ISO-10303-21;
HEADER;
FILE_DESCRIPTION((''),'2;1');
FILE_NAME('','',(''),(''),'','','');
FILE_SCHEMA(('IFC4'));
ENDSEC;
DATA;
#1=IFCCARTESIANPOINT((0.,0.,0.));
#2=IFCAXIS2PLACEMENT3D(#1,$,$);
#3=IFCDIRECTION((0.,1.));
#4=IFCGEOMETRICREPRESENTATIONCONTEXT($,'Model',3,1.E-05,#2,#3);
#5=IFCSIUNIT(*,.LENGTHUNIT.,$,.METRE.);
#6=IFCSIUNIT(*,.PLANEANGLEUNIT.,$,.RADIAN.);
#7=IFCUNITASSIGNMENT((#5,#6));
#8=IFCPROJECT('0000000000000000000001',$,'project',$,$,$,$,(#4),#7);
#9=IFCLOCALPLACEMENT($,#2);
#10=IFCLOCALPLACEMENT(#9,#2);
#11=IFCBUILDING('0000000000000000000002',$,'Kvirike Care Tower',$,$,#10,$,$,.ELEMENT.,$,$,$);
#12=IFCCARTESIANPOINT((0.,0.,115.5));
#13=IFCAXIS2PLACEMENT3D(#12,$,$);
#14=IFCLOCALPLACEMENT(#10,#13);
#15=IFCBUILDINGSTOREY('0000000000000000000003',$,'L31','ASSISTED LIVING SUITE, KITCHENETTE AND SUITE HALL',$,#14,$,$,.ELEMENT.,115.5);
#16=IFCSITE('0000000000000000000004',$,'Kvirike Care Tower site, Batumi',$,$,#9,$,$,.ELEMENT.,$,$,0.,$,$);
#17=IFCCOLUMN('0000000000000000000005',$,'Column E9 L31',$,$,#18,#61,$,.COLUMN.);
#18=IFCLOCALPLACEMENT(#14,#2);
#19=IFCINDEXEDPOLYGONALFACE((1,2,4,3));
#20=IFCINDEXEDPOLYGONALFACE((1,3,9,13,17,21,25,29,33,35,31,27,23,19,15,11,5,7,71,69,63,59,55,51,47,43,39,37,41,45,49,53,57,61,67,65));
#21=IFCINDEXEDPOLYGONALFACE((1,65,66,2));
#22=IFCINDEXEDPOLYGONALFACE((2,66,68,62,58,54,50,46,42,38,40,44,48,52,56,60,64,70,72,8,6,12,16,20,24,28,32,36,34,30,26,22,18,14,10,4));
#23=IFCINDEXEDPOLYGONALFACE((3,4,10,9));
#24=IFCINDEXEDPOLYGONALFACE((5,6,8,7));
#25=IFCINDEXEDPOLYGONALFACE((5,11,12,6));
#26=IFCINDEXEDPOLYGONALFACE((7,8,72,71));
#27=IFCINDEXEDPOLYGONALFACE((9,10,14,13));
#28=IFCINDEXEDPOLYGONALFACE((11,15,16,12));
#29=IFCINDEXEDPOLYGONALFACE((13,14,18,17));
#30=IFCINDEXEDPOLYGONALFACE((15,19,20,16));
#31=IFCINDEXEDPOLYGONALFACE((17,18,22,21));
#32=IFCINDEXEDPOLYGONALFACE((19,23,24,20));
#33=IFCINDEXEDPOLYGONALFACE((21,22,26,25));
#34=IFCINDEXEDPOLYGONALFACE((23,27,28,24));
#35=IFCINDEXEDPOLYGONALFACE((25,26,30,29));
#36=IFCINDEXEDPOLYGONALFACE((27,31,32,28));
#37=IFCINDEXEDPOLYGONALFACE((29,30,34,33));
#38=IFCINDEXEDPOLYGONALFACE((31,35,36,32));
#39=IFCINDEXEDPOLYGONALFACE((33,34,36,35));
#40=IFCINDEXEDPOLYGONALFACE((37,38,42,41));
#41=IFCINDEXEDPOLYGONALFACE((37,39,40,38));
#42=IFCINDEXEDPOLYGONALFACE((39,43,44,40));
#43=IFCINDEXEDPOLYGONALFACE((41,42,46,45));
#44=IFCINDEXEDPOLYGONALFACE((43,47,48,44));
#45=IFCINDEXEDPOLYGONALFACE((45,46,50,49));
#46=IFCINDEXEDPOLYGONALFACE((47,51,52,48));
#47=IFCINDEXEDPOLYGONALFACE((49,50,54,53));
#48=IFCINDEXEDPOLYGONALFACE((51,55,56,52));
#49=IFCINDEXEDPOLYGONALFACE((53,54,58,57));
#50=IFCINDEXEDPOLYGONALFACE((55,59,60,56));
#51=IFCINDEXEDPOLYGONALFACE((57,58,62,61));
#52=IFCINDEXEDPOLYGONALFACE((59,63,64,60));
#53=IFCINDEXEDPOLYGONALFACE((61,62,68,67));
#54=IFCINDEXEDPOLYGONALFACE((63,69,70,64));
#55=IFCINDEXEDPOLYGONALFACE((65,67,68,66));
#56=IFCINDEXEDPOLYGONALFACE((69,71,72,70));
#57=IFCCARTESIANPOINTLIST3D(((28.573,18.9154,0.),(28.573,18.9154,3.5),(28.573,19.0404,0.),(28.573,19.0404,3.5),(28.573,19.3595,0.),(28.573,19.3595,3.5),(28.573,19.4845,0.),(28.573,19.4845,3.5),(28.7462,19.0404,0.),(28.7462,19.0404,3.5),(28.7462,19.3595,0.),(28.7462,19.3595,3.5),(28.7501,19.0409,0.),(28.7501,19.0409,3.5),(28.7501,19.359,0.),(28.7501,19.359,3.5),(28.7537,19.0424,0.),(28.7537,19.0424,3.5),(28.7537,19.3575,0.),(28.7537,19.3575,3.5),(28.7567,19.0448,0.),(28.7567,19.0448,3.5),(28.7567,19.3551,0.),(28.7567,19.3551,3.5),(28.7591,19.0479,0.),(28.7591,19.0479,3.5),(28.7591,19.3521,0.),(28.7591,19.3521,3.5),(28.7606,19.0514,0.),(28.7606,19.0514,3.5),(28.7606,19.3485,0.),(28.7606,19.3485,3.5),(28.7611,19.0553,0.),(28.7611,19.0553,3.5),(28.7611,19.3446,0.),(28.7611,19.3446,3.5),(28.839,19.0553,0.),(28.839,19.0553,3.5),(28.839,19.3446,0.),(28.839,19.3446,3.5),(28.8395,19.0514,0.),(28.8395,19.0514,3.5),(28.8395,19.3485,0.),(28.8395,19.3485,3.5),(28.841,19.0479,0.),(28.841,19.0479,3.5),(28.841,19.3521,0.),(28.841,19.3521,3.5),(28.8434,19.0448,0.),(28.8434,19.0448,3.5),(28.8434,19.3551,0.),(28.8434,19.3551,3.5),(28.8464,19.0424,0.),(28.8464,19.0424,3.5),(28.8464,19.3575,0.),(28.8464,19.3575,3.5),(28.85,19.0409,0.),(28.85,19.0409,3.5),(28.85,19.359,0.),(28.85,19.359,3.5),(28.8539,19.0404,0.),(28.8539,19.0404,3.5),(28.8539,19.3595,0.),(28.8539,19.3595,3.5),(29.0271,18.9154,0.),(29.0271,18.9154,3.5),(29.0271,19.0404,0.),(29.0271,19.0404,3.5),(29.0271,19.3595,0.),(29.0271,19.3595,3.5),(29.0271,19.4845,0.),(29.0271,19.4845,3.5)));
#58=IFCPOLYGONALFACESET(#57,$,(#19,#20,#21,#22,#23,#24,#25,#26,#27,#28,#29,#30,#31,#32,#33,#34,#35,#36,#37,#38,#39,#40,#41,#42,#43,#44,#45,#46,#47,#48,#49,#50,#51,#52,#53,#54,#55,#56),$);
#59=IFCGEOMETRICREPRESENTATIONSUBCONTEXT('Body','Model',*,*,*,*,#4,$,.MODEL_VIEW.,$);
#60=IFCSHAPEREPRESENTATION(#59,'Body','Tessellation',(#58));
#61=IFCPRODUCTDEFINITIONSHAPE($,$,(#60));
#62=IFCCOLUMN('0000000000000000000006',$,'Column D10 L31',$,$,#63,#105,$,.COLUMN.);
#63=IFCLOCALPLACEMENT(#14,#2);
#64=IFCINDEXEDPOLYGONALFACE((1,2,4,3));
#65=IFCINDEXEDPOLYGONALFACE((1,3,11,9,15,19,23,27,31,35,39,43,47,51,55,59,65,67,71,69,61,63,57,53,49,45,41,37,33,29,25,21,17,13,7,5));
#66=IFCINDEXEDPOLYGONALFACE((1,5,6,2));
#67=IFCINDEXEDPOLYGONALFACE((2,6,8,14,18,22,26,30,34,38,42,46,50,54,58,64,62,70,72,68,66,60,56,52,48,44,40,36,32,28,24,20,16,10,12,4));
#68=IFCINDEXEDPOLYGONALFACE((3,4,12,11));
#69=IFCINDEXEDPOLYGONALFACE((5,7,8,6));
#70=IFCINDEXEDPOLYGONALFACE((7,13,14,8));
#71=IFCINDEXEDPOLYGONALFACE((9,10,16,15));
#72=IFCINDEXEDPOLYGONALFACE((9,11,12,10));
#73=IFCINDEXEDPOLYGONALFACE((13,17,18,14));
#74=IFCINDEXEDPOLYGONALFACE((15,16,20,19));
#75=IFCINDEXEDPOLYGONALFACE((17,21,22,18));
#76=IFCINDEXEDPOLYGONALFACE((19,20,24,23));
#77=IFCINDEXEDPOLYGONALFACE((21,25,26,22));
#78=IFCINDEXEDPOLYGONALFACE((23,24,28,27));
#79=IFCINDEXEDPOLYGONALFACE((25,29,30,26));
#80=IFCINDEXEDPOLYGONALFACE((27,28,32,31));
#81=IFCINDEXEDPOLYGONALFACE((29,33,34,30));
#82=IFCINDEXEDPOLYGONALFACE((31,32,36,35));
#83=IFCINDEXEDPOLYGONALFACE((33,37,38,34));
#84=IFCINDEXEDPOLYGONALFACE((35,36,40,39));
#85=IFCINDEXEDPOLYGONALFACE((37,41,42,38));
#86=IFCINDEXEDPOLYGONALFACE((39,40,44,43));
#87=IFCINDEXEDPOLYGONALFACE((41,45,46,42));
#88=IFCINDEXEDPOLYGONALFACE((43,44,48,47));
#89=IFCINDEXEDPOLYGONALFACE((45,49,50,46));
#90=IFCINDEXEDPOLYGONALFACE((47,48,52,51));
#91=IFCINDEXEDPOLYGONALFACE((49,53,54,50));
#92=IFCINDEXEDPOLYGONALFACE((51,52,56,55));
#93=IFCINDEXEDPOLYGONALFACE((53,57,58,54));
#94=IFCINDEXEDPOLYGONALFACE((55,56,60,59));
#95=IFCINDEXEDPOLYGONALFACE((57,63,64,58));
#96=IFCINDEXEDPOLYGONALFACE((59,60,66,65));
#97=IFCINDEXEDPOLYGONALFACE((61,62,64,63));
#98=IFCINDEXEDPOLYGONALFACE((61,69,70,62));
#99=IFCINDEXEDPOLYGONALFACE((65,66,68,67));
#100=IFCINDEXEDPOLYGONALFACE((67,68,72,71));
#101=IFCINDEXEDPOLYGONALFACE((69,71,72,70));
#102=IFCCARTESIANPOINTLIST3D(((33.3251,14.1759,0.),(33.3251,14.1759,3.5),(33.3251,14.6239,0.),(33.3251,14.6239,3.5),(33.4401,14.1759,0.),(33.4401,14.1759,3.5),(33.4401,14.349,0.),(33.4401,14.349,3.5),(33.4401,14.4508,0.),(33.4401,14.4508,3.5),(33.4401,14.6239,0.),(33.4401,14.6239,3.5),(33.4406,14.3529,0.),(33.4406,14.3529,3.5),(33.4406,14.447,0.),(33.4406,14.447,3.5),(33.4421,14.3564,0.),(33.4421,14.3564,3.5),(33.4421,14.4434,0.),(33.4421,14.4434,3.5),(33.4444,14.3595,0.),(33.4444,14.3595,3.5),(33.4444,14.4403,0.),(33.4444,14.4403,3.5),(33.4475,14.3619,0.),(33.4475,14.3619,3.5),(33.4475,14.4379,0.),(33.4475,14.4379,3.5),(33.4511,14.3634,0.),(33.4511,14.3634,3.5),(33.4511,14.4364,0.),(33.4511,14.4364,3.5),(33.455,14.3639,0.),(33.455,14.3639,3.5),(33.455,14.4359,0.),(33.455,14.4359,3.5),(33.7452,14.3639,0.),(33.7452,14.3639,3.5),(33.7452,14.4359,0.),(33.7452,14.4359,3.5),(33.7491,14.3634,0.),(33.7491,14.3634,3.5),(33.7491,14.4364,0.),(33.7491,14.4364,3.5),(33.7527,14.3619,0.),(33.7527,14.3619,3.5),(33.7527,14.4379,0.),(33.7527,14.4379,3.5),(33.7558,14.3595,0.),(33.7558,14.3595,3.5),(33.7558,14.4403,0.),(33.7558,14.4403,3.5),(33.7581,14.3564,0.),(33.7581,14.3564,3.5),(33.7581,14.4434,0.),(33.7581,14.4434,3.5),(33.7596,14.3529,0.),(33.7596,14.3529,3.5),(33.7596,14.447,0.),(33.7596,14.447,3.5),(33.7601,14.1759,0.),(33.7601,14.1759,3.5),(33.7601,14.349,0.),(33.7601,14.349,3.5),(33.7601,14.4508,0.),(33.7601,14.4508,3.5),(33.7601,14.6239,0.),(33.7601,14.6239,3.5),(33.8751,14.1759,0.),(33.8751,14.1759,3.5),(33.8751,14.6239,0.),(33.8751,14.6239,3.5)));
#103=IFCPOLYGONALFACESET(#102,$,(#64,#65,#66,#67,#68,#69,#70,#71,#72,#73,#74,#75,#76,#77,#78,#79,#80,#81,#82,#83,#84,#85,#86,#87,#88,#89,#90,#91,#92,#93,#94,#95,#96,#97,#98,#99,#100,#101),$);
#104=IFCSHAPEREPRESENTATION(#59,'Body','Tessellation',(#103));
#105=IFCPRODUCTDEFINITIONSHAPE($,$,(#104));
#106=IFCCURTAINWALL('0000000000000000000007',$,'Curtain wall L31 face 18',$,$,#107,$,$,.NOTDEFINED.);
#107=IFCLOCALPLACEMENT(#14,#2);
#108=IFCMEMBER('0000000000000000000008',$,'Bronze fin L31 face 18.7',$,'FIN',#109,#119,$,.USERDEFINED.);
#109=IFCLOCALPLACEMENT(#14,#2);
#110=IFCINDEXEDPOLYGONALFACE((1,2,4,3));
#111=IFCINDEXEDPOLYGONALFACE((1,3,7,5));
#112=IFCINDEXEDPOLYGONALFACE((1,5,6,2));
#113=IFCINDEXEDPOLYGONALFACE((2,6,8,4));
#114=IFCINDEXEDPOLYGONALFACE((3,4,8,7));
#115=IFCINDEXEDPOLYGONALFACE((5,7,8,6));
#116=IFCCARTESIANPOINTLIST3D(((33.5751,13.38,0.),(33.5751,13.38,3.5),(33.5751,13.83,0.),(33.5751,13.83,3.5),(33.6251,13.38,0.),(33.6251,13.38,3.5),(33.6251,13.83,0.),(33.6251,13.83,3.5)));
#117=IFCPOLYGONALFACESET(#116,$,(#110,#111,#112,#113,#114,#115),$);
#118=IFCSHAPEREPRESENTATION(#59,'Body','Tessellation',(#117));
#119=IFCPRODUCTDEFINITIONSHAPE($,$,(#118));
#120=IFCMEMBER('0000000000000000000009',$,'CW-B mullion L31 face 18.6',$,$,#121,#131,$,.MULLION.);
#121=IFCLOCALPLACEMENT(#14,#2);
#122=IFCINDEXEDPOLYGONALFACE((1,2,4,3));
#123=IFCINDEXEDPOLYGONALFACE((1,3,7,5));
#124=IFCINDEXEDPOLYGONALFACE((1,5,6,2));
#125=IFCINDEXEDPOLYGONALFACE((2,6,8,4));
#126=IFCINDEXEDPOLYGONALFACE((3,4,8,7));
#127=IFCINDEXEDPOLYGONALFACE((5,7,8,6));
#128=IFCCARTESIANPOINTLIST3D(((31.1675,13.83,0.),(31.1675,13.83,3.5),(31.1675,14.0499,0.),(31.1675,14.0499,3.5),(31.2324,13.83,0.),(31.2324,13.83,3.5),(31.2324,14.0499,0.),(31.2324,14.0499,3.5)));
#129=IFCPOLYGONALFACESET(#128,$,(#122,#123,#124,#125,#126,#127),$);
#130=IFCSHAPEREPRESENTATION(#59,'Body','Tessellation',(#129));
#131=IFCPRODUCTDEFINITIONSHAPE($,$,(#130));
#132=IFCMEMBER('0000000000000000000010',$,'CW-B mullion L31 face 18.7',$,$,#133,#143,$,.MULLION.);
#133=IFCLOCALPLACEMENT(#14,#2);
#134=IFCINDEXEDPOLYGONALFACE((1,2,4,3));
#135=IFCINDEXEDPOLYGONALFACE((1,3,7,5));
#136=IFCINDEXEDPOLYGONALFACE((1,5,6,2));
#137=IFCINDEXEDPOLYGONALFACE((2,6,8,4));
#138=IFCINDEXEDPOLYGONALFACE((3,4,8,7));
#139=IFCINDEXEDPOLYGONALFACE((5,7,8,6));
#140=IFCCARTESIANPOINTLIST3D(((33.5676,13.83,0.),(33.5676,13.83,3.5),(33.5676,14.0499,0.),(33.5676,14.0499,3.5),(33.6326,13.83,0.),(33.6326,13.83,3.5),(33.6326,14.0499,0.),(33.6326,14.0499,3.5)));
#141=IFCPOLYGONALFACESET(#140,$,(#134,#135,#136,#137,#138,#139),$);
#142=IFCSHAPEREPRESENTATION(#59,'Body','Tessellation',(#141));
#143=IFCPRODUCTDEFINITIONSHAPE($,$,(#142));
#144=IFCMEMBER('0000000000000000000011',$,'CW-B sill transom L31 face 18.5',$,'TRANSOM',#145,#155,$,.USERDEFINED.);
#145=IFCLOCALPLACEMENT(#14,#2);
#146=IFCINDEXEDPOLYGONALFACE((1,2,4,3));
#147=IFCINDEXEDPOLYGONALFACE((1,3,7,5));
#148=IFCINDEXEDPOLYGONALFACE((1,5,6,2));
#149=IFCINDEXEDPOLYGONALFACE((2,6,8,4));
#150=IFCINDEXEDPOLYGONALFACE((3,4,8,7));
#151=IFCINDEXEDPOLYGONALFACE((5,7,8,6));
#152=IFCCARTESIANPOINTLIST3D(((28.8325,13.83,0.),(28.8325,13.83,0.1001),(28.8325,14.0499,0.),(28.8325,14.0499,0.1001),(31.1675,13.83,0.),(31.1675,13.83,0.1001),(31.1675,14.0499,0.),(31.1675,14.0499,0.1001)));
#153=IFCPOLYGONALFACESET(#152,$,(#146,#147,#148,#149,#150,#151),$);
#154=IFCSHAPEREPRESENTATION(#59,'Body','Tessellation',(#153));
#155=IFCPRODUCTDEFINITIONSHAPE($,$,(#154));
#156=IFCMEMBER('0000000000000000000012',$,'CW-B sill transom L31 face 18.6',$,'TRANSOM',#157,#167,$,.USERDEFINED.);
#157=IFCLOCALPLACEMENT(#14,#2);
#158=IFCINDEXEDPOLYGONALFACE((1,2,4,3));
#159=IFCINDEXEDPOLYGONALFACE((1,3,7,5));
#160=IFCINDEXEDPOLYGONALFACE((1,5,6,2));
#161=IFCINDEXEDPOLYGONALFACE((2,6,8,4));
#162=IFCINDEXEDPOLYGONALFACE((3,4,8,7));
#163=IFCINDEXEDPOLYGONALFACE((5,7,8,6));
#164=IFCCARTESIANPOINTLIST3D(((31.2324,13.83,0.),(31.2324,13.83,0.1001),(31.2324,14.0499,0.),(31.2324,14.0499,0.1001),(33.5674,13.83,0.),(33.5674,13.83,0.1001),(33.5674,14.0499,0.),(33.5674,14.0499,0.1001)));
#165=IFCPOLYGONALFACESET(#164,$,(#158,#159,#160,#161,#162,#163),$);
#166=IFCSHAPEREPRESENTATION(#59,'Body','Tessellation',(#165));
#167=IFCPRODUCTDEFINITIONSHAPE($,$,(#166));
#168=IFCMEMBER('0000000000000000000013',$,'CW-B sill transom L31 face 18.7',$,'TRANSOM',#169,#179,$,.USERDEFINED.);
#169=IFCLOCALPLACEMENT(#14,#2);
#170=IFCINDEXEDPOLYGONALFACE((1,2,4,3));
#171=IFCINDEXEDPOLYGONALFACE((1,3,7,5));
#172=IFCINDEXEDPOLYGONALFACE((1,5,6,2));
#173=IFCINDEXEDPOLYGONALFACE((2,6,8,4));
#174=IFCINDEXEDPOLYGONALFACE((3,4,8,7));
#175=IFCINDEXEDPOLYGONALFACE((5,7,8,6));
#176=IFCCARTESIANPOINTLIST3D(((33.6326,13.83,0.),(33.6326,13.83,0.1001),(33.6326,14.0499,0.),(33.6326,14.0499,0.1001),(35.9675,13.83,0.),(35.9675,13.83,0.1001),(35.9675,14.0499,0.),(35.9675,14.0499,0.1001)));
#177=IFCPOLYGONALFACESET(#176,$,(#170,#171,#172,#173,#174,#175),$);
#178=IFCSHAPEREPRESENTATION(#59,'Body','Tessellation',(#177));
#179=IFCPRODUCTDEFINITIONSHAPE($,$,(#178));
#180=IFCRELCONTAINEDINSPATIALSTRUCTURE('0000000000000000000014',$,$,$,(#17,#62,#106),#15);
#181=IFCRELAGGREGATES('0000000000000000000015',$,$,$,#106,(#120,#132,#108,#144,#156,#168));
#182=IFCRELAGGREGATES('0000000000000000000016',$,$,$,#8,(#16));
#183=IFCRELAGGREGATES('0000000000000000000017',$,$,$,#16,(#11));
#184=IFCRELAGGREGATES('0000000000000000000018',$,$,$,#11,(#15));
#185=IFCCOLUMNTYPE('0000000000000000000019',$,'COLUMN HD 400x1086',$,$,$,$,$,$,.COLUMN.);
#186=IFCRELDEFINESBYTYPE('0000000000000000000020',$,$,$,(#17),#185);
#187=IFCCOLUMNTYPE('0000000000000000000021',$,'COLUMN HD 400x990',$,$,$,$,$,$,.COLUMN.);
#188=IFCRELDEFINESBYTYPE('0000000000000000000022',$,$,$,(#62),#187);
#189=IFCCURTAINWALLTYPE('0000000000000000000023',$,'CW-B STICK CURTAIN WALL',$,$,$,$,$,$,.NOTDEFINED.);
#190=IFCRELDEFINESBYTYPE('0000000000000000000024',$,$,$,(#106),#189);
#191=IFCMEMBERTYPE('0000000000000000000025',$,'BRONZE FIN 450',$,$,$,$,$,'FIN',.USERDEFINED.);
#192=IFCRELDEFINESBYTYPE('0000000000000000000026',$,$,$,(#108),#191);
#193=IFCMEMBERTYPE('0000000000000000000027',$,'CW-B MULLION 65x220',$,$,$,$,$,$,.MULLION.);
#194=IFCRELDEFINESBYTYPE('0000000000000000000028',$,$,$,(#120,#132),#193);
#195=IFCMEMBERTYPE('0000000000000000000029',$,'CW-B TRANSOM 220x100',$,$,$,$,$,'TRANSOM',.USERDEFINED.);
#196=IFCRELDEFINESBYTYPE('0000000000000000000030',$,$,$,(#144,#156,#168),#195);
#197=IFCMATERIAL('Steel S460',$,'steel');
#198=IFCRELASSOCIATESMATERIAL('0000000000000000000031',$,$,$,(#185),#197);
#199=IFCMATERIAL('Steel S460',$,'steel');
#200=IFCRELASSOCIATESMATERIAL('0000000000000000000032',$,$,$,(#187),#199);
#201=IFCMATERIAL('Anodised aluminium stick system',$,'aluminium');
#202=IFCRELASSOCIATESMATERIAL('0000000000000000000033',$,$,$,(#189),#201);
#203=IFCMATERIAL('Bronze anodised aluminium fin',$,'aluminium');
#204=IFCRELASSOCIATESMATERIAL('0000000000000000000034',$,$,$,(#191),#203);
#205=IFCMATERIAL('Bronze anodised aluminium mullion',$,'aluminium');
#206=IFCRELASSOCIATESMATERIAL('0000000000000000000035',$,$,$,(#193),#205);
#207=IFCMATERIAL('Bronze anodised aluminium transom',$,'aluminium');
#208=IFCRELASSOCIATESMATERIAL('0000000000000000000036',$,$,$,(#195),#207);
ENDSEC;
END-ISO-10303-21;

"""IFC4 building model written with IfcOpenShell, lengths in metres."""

from ifc_helpers import new_model, si_unit, direction, frame, origin, origin_2d, place, context, subcontext, project, spatial, rectangle, i_section, extrude, material, material_profile, profile_set, type_object, element, aggregate, save


model = new_model("IFC4")

# Units and contexts
model_context = context("Model", 3, precision=1e-05, world=origin(), true_north=direction((0.0, 1.0)))
body_context = subcontext(model_context, "Body", "Model", "MODEL_VIEW")
ifc_project = project(units=[si_unit("LENGTHUNIT", "METRE"), si_unit("PLANEANGLEUNIT", "RADIAN")], contexts=[model_context])

# Site, building, storey
site_placement = place(None, origin())
site = spatial("IfcSite", under=ifc_project, at=site_placement, Name="Kvirike Care Tower site, Batumi", CompositionType="ELEMENT", RefElevation=0.0)
building_placement = place(site_placement, origin())
building = spatial("IfcBuilding", under=site, at=building_placement, Name="Kvirike Care Tower", CompositionType="ELEMENT")
storey_placement = place(building_placement, frame((0.0, 0.0, 115.5)))
storey = spatial("IfcBuildingStorey", under=building, at=storey_placement, Name="L31", Description="ASSISTED LIVING SUITE, KITCHENETTE AND SUITE HALL", CompositionType="ELEMENT", Elevation=115.5)

# Columns
ifc_material_1 = material(Name="Steel S460", Category="steel")
ifc_material_profile_1 = material_profile(ifc_material_1, i_section(OverallWidth=0.4541, OverallDepth=0.5691, WebThickness=0.0779, FlangeThickness=0.125, FilletRadius=0.0149, at=origin_2d()), Name="HD 400x1086")
ifc_profile_set_1 = profile_set([ifc_material_profile_1], Name="Steel S460")
column_type_1 = type_object("IfcColumnType", Name="COLUMN HD 400x1086", PredefinedType="COLUMN", material=ifc_profile_set_1)
column_1_placement = place(storey_placement, frame((28.8, 19.2, 0.0), z_axis=(0.0, 0.0, 1.0), x_axis=(1.0, 0.0, 0.0)))
element("IfcColumn", 1, at=column_1_placement, inside=storey, type_object=column_type_1, Name="Column E9 L31", PredefinedType="COLUMN", context=body_context, shape_type="SweptSolid", body=[
    extrude(i_section(OverallWidth=0.4541, OverallDepth=0.5691, WebThickness=0.0779, FlangeThickness=0.125, FilletRadius=0.0149, at=origin_2d()), origin(), (0.0, 0.0, 1.0), 3.5),
])
ifc_material_2 = material(Name="Steel S460", Category="steel")
ifc_material_profile_2 = material_profile(ifc_material_2, i_section(OverallWidth=0.448, OverallDepth=0.55, WebThickness=0.072, FlangeThickness=0.115, FilletRadius=0.0149, at=origin_2d()), Name="HD 400x990")
ifc_profile_set_2 = profile_set([ifc_material_profile_2], Name="Steel S460")
column_type_2 = type_object("IfcColumnType", Name="COLUMN HD 400x990", PredefinedType="COLUMN", material=ifc_profile_set_2)
column_2_placement = place(storey_placement, frame((33.6001, 14.3999, 0.0), z_axis=(0.0, 0.0, 1.0), x_axis=(0.0, 1.0, 0.0)))
element("IfcColumn", 2, at=column_2_placement, inside=storey, type_object=column_type_2, Name="Column D10 L31", PredefinedType="COLUMN", context=body_context, shape_type="SweptSolid", body=[
    extrude(i_section(OverallWidth=0.448, OverallDepth=0.55, WebThickness=0.072, FlangeThickness=0.115, FilletRadius=0.0149, at=origin_2d()), origin(), (0.0, 0.0, 1.0), 3.5),
])

# Curtain wall, members
ifc_material_3 = material(Name="Anodised aluminium stick system", Category="aluminium")
curtain_wall_type = type_object("IfcCurtainWallType", Name="CW-B STICK CURTAIN WALL", PredefinedType="NOTDEFINED", material=ifc_material_3)
curtain_wall_placement = place(storey_placement, origin())
curtain_wall = element("IfcCurtainWall", 3, at=curtain_wall_placement, inside=storey, type_object=curtain_wall_type, Name="Curtain wall L31 face 18", PredefinedType="NOTDEFINED")
ifc_material_4 = material(Name="Bronze anodised aluminium fin", Category="aluminium")
ifc_material_profile_3 = material_profile(ifc_material_4, rectangle(XDim=0.05, YDim=0.45, at=origin_2d()), Name="BRONZE FIN 450")
ifc_profile_set_3 = profile_set([ifc_material_profile_3], Name="Bronze anodised aluminium fin")
member_type_1 = type_object("IfcMemberType", Name="BRONZE FIN 450", ElementType="FIN", PredefinedType="USERDEFINED", material=ifc_profile_set_3)
member_1_placement = place(storey_placement, frame((33.6001, 13.605, 0.0), z_axis=(0.0, 0.0, 1.0), x_axis=(1.0, 0.0, 0.0)))
member_1 = element("IfcMember", 4, at=member_1_placement, type_object=member_type_1, Name="Bronze fin L31 face 18.7", ObjectType="FIN", PredefinedType="USERDEFINED", context=body_context, shape_type="SweptSolid", body=[
    extrude(rectangle(XDim=0.05, YDim=0.45, at=origin_2d()), origin(), (0.0, 0.0, 1.0), 3.5),
])
ifc_material_5 = material(Name="Bronze anodised aluminium mullion", Category="aluminium")
ifc_material_profile_4 = material_profile(ifc_material_5, rectangle(XDim=0.0649, YDim=0.22, at=origin_2d()), Name="CW-B MULLION 65x220")
ifc_profile_set_4 = profile_set([ifc_material_profile_4], Name="Bronze anodised aluminium mullion")
member_type_2 = type_object("IfcMemberType", Name="CW-B MULLION 65x220", PredefinedType="MULLION", material=ifc_profile_set_4)
member_2_placement = place(storey_placement, frame((31.2, 13.9399, 0.0), z_axis=(0.0, 0.0, 1.0), x_axis=(1.0, 0.0, 0.0)))
member_2 = element("IfcMember", 5, at=member_2_placement, type_object=member_type_2, Name="CW-B mullion L31 face 18.6", PredefinedType="MULLION", context=body_context, shape_type="SweptSolid", body=[
    extrude(rectangle(XDim=0.0649, YDim=0.22, at=origin_2d()), origin(), (0.0, 0.0, 1.0), 3.5),
])
member_3_placement = place(storey_placement, frame((33.6001, 13.9399, 0.0), z_axis=(0.0, 0.0, 1.0), x_axis=(1.0, 0.0, 0.0)))
member_3 = element("IfcMember", 6, at=member_3_placement, type_object=member_type_2, Name="CW-B mullion L31 face 18.7", PredefinedType="MULLION", context=body_context, shape_type="SweptSolid", body=[
    extrude(rectangle(XDim=0.0649, YDim=0.22, at=origin_2d()), origin(), (0.0, 0.0, 1.0), 3.5),
])
ifc_material_6 = material(Name="Bronze anodised aluminium transom", Category="aluminium")
ifc_material_profile_5 = material_profile(ifc_material_6, rectangle(XDim=0.22, YDim=0.1001, at=origin_2d()), Name="CW-B TRANSOM 220x100")
ifc_profile_set_5 = profile_set([ifc_material_profile_5], Name="Bronze anodised aluminium transom")
member_type_3 = type_object("IfcMemberType", Name="CW-B TRANSOM 220x100", ElementType="TRANSOM", PredefinedType="USERDEFINED", material=ifc_profile_set_5)
member_4_placement = place(storey_placement, frame((28.8325, 13.9399, 0.05), z_axis=(1.0, 0.0, 0.0), x_axis=(0.0, 1.0, 0.0)))
member_4 = element("IfcMember", 7, at=member_4_placement, type_object=member_type_3, Name="CW-B sill transom L31 face 18.5", ObjectType="TRANSOM", PredefinedType="USERDEFINED", context=body_context, shape_type="SweptSolid", body=[
    extrude(rectangle(XDim=0.22, YDim=0.1001, at=origin_2d()), origin(), (0.0, 0.0, 1.0), 2.335),
])
member_5_placement = place(storey_placement, frame((31.2324, 13.9399, 0.05), z_axis=(1.0, 0.0, 0.0), x_axis=(0.0, 1.0, 0.0)))
member_5 = element("IfcMember", 8, at=member_5_placement, type_object=member_type_3, Name="CW-B sill transom L31 face 18.6", ObjectType="TRANSOM", PredefinedType="USERDEFINED", context=body_context, shape_type="SweptSolid", body=[
    extrude(rectangle(XDim=0.22, YDim=0.1001, at=origin_2d()), origin(), (0.0, 0.0, 1.0), 2.335),
])
member_6_placement = place(storey_placement, frame((33.6326, 13.9399, 0.05), z_axis=(1.0, 0.0, 0.0), x_axis=(0.0, 1.0, 0.0)))
member_6 = element("IfcMember", 9, at=member_6_placement, type_object=member_type_3, Name="CW-B sill transom L31 face 18.7", ObjectType="TRANSOM", PredefinedType="USERDEFINED", context=body_context, shape_type="SweptSolid", body=[
    extrude(rectangle(XDim=0.22, YDim=0.1001, at=origin_2d()), origin(), (0.0, 0.0, 1.0), 2.335),
])

aggregate(curtain_wall, [member_2, member_3, member_1, member_4, member_5, member_6])

save(model, "model.ifc")
